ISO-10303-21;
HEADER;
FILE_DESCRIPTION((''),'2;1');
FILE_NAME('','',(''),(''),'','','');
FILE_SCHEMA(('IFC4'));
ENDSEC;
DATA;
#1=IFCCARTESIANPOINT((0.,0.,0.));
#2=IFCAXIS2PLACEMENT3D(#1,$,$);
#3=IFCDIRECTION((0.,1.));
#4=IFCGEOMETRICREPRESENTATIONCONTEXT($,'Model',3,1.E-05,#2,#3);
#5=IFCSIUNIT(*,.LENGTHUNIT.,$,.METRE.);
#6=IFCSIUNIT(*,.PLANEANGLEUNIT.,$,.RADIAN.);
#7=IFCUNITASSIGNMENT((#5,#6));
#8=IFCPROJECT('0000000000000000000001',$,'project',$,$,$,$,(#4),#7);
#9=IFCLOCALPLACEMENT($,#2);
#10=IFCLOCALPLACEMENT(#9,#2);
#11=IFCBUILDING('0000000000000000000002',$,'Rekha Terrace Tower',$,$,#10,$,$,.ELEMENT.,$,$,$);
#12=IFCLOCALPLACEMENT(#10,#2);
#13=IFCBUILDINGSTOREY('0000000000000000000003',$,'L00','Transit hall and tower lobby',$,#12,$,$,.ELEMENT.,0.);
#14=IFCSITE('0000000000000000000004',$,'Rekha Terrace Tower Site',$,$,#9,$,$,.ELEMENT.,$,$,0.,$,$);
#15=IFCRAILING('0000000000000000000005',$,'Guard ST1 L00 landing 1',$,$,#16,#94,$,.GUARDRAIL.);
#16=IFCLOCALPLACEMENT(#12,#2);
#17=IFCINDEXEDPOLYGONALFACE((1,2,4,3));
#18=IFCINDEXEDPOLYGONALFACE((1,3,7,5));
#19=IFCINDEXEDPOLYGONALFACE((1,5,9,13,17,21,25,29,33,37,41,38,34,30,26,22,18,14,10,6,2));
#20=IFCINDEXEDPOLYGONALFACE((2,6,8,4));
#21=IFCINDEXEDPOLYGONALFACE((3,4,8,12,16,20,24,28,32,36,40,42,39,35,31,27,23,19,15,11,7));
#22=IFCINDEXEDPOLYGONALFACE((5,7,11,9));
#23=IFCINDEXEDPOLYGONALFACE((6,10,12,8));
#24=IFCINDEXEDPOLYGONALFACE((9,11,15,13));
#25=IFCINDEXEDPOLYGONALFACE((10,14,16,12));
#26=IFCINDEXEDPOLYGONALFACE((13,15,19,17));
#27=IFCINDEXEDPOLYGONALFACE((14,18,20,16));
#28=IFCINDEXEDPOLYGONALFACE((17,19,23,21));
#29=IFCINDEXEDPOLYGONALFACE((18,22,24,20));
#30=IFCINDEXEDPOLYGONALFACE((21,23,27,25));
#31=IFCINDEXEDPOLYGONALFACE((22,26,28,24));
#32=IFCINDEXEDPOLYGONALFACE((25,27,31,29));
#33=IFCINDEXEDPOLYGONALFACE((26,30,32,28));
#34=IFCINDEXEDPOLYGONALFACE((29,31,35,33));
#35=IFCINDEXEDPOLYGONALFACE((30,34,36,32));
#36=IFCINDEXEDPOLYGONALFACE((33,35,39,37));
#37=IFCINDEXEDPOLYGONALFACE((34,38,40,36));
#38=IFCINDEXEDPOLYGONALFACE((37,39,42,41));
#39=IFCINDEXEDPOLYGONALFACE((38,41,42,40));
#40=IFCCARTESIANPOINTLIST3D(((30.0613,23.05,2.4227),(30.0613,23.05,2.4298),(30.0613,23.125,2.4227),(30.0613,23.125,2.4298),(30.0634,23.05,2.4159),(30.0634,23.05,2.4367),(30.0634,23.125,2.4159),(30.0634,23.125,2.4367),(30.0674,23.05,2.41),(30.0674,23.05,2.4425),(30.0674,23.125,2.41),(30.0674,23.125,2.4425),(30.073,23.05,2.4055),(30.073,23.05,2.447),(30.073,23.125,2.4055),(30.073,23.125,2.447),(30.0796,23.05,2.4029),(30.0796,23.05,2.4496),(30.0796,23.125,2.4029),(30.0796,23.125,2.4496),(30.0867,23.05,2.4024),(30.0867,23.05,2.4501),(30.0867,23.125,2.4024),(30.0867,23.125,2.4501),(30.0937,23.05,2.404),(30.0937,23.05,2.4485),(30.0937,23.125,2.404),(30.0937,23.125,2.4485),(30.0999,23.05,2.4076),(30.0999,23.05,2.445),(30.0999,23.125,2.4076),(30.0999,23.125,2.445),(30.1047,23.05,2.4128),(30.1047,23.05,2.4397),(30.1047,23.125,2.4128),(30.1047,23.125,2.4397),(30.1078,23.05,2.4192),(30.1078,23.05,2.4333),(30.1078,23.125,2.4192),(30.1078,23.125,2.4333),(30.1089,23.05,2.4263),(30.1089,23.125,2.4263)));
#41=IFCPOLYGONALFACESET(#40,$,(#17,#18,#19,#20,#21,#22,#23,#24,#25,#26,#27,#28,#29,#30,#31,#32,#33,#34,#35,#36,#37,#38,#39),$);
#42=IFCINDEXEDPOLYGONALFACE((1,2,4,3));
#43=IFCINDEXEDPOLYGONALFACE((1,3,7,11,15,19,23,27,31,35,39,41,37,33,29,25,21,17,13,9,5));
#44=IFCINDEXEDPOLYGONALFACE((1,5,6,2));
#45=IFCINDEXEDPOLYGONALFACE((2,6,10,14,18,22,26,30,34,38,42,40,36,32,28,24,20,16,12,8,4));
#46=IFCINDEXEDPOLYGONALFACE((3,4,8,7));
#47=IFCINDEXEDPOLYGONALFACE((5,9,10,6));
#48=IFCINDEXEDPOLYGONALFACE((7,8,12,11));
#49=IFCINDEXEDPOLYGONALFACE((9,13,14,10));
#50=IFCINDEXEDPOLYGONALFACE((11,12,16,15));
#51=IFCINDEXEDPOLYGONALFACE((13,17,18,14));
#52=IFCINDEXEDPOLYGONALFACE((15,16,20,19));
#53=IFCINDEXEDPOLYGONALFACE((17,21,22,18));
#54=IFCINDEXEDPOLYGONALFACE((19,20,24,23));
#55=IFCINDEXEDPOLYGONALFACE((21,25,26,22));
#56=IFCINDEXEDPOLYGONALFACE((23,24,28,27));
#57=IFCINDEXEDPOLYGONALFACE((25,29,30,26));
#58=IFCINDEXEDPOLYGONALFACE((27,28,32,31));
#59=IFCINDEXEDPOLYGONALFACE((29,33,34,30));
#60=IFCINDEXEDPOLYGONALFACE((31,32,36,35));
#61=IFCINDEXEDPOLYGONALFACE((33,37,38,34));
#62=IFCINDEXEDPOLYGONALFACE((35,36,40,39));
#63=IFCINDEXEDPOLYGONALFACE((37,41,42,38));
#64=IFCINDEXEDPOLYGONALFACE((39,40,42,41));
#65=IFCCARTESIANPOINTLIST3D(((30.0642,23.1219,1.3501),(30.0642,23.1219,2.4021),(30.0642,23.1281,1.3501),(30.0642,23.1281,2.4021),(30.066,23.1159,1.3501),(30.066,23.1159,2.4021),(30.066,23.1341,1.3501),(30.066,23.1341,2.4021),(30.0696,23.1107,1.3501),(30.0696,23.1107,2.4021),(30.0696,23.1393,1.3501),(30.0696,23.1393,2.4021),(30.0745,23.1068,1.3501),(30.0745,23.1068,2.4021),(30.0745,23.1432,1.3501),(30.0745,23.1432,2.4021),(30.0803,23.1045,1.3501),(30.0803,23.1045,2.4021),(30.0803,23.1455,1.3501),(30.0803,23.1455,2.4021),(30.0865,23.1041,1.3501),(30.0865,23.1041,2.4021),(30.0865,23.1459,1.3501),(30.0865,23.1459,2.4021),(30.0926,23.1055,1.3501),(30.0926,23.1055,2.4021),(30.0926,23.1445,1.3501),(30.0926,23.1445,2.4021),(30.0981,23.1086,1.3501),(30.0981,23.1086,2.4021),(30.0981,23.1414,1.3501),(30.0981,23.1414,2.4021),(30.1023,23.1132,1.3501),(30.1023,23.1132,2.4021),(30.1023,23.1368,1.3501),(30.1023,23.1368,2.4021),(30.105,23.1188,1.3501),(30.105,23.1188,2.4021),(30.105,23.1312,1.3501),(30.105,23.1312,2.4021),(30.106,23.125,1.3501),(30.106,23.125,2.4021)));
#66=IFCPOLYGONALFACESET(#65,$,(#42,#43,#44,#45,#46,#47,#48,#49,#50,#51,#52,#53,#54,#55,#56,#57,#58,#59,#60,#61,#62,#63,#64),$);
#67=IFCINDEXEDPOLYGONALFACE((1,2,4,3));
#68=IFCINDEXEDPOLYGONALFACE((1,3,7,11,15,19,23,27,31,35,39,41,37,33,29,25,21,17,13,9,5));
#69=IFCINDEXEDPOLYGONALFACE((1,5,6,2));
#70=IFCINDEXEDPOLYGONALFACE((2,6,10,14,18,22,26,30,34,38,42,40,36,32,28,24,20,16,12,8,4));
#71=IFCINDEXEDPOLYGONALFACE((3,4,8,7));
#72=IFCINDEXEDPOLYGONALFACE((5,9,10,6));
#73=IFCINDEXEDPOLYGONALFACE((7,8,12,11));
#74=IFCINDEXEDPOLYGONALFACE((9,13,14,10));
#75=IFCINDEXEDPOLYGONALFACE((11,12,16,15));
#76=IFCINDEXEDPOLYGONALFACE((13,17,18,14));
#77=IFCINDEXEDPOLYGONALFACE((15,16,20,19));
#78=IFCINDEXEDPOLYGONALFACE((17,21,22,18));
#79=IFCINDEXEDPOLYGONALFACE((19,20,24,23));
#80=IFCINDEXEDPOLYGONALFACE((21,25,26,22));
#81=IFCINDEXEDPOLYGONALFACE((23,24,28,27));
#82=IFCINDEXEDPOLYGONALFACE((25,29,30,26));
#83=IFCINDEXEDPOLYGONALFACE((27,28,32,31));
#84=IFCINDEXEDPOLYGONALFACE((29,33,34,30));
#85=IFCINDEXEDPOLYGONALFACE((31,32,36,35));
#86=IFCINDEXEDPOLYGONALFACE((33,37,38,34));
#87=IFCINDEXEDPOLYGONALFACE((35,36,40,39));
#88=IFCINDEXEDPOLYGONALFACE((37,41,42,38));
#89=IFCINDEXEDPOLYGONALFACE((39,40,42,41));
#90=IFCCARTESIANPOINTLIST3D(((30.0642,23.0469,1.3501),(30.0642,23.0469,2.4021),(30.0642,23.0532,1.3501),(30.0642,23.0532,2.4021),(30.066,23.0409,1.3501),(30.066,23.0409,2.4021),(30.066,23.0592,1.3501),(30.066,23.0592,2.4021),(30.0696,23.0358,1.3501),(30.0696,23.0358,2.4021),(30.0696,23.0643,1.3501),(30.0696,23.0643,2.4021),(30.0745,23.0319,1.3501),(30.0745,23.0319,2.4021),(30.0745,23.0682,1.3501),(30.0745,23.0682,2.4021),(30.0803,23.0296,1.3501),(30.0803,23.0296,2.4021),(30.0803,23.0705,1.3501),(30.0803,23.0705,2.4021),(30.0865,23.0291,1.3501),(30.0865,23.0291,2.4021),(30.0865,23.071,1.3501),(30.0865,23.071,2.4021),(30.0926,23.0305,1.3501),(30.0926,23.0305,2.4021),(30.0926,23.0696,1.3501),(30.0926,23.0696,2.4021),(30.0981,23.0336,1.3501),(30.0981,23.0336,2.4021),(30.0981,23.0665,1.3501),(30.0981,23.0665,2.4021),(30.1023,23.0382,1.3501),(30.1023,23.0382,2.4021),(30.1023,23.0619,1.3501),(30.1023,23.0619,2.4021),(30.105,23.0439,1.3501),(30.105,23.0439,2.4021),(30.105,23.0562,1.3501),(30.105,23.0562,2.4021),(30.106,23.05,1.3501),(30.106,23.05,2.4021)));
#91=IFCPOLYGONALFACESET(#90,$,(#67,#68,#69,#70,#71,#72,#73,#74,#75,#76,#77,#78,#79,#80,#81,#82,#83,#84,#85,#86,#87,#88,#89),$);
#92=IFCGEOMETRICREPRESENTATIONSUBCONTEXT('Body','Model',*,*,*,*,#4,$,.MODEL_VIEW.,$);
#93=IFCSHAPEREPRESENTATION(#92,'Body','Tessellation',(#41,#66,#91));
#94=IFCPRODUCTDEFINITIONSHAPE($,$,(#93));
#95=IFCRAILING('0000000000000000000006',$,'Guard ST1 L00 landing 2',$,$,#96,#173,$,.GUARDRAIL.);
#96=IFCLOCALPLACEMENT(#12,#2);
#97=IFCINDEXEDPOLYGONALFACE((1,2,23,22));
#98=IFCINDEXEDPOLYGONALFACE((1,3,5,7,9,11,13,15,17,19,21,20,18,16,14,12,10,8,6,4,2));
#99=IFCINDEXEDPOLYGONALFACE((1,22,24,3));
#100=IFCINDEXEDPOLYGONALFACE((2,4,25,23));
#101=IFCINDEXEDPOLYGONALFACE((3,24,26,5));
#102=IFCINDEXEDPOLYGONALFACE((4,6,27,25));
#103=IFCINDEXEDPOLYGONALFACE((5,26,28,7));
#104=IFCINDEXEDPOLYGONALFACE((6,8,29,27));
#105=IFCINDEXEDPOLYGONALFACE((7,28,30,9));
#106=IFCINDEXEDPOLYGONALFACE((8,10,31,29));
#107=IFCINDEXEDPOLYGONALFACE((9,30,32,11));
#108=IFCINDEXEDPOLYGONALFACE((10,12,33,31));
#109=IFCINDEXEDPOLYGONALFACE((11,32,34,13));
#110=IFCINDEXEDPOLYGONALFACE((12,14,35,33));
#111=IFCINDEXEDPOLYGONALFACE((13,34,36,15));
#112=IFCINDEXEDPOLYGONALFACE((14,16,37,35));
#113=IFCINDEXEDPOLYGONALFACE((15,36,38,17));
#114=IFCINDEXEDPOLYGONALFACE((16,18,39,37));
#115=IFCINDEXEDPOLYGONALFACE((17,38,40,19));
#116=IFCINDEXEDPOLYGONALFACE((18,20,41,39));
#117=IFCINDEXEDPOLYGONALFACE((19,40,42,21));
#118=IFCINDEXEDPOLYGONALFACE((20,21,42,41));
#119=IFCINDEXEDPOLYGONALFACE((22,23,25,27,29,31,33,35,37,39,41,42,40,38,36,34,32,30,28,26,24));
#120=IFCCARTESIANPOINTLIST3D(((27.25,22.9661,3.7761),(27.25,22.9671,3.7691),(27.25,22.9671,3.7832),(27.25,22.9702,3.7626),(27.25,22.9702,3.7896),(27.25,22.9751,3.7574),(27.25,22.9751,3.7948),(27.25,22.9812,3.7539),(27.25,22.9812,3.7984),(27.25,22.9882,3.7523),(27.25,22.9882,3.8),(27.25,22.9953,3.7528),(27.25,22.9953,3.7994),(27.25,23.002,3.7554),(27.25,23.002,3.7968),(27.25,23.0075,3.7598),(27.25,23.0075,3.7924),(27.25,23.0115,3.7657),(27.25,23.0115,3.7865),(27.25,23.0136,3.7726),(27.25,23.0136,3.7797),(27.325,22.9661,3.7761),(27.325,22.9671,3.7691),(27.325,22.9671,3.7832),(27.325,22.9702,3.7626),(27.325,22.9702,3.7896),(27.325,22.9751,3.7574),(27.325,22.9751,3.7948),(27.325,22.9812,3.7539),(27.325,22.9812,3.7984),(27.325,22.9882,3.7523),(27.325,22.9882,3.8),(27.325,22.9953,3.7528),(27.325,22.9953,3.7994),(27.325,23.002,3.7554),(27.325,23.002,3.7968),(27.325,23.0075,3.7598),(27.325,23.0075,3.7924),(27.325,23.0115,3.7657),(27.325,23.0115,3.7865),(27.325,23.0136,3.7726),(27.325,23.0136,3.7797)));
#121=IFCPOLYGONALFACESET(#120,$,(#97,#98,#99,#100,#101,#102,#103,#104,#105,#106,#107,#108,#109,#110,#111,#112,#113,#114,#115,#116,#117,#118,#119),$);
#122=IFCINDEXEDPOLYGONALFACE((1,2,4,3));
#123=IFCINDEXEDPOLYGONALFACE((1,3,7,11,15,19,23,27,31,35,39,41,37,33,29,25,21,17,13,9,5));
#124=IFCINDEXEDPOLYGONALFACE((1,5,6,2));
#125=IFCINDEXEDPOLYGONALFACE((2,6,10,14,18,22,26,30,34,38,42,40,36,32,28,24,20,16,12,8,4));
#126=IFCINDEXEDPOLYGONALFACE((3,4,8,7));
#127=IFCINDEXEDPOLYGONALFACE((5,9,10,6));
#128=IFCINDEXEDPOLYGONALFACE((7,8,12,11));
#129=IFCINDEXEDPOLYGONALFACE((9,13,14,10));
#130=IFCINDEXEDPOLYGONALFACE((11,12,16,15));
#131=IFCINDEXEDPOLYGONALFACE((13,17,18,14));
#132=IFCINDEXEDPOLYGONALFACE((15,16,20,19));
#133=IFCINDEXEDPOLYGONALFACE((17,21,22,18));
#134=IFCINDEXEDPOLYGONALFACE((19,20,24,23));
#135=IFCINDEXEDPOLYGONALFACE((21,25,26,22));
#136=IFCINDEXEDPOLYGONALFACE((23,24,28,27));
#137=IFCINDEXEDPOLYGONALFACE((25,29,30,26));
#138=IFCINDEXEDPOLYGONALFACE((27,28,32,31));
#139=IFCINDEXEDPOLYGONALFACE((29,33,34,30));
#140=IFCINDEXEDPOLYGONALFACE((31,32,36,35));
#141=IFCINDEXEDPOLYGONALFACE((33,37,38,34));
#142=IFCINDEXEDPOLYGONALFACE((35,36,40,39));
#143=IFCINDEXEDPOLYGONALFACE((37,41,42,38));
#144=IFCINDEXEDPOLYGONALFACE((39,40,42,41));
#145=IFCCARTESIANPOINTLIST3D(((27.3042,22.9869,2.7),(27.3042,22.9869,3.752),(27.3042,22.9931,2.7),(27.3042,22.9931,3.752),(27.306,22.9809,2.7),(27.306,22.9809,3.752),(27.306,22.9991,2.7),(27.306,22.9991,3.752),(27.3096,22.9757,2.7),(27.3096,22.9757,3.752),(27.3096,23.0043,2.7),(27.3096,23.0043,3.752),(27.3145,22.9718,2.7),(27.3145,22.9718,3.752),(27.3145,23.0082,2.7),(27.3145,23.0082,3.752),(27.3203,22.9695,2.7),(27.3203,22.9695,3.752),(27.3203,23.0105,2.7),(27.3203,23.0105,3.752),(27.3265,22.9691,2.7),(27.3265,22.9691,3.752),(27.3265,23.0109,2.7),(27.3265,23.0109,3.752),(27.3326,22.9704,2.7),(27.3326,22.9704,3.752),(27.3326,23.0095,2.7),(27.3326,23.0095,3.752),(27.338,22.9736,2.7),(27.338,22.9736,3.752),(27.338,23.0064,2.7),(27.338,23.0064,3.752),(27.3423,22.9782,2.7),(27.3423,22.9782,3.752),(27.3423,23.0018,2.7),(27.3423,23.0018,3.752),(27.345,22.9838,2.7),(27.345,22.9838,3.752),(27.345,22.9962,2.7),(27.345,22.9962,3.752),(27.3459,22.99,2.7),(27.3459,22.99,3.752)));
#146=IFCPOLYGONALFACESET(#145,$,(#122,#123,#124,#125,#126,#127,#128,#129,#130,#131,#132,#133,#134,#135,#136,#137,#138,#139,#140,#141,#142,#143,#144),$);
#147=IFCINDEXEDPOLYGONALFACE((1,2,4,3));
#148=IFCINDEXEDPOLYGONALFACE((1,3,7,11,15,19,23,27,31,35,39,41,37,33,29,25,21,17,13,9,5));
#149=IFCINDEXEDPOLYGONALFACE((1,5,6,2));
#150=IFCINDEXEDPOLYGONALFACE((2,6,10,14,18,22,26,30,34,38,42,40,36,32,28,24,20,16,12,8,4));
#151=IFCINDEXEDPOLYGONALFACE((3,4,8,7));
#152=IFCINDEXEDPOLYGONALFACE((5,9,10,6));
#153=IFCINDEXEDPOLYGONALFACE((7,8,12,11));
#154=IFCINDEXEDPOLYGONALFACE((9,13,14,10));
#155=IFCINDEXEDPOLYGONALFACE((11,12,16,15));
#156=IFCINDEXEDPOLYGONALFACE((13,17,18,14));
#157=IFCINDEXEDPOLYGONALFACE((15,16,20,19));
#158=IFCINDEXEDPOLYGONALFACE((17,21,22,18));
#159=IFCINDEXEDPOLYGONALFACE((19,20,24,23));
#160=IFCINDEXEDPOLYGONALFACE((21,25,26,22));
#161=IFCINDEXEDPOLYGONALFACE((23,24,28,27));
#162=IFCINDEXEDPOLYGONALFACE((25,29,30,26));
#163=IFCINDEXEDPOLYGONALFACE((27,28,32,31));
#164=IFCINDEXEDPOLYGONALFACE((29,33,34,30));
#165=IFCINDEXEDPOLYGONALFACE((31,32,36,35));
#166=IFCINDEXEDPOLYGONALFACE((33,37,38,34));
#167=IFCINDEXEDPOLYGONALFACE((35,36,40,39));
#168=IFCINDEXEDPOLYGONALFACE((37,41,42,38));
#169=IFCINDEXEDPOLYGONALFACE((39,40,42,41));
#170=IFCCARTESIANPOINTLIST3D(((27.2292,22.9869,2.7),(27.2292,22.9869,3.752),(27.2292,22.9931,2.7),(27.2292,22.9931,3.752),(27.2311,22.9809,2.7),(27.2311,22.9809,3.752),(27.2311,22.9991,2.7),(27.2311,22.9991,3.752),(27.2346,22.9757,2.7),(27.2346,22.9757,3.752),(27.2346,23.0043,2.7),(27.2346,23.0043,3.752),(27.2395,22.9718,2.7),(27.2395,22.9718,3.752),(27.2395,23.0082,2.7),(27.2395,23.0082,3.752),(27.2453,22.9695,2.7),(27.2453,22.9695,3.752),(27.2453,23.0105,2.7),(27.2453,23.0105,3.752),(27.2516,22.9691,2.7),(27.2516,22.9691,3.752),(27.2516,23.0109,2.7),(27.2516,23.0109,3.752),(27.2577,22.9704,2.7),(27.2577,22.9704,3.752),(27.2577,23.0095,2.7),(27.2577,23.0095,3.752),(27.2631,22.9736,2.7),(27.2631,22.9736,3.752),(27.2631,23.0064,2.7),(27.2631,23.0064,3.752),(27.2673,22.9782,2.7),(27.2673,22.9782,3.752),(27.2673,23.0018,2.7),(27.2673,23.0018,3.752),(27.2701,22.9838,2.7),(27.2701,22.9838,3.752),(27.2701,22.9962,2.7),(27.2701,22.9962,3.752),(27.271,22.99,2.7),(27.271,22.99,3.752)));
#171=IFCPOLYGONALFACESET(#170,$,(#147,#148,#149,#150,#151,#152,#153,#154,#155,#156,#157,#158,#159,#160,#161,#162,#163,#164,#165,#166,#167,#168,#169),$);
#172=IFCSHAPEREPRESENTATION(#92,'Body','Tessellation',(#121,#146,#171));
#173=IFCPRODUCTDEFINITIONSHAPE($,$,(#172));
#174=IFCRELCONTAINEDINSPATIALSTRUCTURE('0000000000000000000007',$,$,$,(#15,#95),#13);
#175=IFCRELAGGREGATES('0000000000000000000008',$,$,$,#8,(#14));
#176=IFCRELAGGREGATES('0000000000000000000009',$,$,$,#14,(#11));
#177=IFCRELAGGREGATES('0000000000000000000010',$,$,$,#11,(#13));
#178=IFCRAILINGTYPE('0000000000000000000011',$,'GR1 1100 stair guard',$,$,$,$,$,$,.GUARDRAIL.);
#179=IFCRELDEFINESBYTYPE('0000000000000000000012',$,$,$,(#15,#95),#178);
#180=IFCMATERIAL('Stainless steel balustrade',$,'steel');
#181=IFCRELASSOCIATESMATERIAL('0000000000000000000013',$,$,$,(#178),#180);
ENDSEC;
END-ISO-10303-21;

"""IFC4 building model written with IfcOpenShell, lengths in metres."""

from ifc_helpers import new_model, si_unit, direction, frame, origin, origin_2d, place, context, subcontext, project, spatial, circle, extrude, material, type_object, element, save


model = new_model("IFC4")

# Units and contexts
model_context = context("Model", 3, precision=1e-05, world=origin(), true_north=direction((0.0, 1.0)))
body_context = subcontext(model_context, "Body", "Model", "MODEL_VIEW")
ifc_project = project(units=[si_unit("LENGTHUNIT", "METRE"), si_unit("PLANEANGLEUNIT", "RADIAN")], contexts=[model_context])

# Site, building, storey
site_placement = place(None, origin())
site = spatial("IfcSite", under=ifc_project, at=site_placement, Name="Rekha Terrace Tower Site", CompositionType="ELEMENT", RefElevation=0.0)
building_placement = place(site_placement, origin())
building = spatial("IfcBuilding", under=site, at=building_placement, Name="Rekha Terrace Tower", CompositionType="ELEMENT")
storey_placement = place(building_placement, origin())
storey = spatial("IfcBuildingStorey", under=building, at=storey_placement, Name="L00", Description="Transit hall and tower lobby", CompositionType="ELEMENT", Elevation=0.0)

# Railings
ifc_material_1 = material(Name="Stainless steel balustrade", Category="steel")
railing_type_1 = type_object("IfcRailingType", Name="GR1 1100 stair guard", PredefinedType="GUARDRAIL", material=ifc_material_1)
railing_1_placement = place(storey_placement, frame((30.085, 23.125, 1.3501)))
element("IfcRailing", 1, at=railing_1_placement, inside=storey, type_object=railing_type_1, Name="Guard ST1 L00 landing 1", PredefinedType="GUARDRAIL", context=body_context, shape_type="SweptSolid", body=[
    extrude(circle(Radius=0.0239, at=origin_2d()), frame((0.0, 0.0, 1.0762), z_axis=(0.0, -1.0, 0.0), x_axis=(1.0, 0.0, 0.0)), (0.0, 0.0, 1.0), 0.075),
    extrude(circle(Radius=0.021, at=origin_2d()), origin(), (0.0, 0.0, 1.0), 1.052),
    extrude(circle(Radius=0.021, at=origin_2d()), frame((0.0, -0.075, 0.0)), (0.0, 0.0, 1.0), 1.052),
])
railing_2_placement = place(storey_placement, frame((27.325, 22.99, 2.7)))
element("IfcRailing", 2, at=railing_2_placement, inside=storey, type_object=railing_type_1, Name="Guard ST1 L00 landing 2", PredefinedType="GUARDRAIL", context=body_context, shape_type="SweptSolid", body=[
    extrude(circle(Radius=0.0239, at=origin_2d()), frame((0.0, 0.0, 1.0762), z_axis=(-1.0, 0.0, 0.0), x_axis=(0.0, -1.0, 0.0)), (0.0, 0.0, 1.0), 0.075),
    extrude(circle(Radius=0.021, at=origin_2d()), origin(), (0.0, 0.0, 1.0), 1.052),
    extrude(circle(Radius=0.021, at=origin_2d()), frame((-0.075, 0.0, 0.0)), (0.0, 0.0, 1.0), 1.052),
])

save(model, "model.ifc")
